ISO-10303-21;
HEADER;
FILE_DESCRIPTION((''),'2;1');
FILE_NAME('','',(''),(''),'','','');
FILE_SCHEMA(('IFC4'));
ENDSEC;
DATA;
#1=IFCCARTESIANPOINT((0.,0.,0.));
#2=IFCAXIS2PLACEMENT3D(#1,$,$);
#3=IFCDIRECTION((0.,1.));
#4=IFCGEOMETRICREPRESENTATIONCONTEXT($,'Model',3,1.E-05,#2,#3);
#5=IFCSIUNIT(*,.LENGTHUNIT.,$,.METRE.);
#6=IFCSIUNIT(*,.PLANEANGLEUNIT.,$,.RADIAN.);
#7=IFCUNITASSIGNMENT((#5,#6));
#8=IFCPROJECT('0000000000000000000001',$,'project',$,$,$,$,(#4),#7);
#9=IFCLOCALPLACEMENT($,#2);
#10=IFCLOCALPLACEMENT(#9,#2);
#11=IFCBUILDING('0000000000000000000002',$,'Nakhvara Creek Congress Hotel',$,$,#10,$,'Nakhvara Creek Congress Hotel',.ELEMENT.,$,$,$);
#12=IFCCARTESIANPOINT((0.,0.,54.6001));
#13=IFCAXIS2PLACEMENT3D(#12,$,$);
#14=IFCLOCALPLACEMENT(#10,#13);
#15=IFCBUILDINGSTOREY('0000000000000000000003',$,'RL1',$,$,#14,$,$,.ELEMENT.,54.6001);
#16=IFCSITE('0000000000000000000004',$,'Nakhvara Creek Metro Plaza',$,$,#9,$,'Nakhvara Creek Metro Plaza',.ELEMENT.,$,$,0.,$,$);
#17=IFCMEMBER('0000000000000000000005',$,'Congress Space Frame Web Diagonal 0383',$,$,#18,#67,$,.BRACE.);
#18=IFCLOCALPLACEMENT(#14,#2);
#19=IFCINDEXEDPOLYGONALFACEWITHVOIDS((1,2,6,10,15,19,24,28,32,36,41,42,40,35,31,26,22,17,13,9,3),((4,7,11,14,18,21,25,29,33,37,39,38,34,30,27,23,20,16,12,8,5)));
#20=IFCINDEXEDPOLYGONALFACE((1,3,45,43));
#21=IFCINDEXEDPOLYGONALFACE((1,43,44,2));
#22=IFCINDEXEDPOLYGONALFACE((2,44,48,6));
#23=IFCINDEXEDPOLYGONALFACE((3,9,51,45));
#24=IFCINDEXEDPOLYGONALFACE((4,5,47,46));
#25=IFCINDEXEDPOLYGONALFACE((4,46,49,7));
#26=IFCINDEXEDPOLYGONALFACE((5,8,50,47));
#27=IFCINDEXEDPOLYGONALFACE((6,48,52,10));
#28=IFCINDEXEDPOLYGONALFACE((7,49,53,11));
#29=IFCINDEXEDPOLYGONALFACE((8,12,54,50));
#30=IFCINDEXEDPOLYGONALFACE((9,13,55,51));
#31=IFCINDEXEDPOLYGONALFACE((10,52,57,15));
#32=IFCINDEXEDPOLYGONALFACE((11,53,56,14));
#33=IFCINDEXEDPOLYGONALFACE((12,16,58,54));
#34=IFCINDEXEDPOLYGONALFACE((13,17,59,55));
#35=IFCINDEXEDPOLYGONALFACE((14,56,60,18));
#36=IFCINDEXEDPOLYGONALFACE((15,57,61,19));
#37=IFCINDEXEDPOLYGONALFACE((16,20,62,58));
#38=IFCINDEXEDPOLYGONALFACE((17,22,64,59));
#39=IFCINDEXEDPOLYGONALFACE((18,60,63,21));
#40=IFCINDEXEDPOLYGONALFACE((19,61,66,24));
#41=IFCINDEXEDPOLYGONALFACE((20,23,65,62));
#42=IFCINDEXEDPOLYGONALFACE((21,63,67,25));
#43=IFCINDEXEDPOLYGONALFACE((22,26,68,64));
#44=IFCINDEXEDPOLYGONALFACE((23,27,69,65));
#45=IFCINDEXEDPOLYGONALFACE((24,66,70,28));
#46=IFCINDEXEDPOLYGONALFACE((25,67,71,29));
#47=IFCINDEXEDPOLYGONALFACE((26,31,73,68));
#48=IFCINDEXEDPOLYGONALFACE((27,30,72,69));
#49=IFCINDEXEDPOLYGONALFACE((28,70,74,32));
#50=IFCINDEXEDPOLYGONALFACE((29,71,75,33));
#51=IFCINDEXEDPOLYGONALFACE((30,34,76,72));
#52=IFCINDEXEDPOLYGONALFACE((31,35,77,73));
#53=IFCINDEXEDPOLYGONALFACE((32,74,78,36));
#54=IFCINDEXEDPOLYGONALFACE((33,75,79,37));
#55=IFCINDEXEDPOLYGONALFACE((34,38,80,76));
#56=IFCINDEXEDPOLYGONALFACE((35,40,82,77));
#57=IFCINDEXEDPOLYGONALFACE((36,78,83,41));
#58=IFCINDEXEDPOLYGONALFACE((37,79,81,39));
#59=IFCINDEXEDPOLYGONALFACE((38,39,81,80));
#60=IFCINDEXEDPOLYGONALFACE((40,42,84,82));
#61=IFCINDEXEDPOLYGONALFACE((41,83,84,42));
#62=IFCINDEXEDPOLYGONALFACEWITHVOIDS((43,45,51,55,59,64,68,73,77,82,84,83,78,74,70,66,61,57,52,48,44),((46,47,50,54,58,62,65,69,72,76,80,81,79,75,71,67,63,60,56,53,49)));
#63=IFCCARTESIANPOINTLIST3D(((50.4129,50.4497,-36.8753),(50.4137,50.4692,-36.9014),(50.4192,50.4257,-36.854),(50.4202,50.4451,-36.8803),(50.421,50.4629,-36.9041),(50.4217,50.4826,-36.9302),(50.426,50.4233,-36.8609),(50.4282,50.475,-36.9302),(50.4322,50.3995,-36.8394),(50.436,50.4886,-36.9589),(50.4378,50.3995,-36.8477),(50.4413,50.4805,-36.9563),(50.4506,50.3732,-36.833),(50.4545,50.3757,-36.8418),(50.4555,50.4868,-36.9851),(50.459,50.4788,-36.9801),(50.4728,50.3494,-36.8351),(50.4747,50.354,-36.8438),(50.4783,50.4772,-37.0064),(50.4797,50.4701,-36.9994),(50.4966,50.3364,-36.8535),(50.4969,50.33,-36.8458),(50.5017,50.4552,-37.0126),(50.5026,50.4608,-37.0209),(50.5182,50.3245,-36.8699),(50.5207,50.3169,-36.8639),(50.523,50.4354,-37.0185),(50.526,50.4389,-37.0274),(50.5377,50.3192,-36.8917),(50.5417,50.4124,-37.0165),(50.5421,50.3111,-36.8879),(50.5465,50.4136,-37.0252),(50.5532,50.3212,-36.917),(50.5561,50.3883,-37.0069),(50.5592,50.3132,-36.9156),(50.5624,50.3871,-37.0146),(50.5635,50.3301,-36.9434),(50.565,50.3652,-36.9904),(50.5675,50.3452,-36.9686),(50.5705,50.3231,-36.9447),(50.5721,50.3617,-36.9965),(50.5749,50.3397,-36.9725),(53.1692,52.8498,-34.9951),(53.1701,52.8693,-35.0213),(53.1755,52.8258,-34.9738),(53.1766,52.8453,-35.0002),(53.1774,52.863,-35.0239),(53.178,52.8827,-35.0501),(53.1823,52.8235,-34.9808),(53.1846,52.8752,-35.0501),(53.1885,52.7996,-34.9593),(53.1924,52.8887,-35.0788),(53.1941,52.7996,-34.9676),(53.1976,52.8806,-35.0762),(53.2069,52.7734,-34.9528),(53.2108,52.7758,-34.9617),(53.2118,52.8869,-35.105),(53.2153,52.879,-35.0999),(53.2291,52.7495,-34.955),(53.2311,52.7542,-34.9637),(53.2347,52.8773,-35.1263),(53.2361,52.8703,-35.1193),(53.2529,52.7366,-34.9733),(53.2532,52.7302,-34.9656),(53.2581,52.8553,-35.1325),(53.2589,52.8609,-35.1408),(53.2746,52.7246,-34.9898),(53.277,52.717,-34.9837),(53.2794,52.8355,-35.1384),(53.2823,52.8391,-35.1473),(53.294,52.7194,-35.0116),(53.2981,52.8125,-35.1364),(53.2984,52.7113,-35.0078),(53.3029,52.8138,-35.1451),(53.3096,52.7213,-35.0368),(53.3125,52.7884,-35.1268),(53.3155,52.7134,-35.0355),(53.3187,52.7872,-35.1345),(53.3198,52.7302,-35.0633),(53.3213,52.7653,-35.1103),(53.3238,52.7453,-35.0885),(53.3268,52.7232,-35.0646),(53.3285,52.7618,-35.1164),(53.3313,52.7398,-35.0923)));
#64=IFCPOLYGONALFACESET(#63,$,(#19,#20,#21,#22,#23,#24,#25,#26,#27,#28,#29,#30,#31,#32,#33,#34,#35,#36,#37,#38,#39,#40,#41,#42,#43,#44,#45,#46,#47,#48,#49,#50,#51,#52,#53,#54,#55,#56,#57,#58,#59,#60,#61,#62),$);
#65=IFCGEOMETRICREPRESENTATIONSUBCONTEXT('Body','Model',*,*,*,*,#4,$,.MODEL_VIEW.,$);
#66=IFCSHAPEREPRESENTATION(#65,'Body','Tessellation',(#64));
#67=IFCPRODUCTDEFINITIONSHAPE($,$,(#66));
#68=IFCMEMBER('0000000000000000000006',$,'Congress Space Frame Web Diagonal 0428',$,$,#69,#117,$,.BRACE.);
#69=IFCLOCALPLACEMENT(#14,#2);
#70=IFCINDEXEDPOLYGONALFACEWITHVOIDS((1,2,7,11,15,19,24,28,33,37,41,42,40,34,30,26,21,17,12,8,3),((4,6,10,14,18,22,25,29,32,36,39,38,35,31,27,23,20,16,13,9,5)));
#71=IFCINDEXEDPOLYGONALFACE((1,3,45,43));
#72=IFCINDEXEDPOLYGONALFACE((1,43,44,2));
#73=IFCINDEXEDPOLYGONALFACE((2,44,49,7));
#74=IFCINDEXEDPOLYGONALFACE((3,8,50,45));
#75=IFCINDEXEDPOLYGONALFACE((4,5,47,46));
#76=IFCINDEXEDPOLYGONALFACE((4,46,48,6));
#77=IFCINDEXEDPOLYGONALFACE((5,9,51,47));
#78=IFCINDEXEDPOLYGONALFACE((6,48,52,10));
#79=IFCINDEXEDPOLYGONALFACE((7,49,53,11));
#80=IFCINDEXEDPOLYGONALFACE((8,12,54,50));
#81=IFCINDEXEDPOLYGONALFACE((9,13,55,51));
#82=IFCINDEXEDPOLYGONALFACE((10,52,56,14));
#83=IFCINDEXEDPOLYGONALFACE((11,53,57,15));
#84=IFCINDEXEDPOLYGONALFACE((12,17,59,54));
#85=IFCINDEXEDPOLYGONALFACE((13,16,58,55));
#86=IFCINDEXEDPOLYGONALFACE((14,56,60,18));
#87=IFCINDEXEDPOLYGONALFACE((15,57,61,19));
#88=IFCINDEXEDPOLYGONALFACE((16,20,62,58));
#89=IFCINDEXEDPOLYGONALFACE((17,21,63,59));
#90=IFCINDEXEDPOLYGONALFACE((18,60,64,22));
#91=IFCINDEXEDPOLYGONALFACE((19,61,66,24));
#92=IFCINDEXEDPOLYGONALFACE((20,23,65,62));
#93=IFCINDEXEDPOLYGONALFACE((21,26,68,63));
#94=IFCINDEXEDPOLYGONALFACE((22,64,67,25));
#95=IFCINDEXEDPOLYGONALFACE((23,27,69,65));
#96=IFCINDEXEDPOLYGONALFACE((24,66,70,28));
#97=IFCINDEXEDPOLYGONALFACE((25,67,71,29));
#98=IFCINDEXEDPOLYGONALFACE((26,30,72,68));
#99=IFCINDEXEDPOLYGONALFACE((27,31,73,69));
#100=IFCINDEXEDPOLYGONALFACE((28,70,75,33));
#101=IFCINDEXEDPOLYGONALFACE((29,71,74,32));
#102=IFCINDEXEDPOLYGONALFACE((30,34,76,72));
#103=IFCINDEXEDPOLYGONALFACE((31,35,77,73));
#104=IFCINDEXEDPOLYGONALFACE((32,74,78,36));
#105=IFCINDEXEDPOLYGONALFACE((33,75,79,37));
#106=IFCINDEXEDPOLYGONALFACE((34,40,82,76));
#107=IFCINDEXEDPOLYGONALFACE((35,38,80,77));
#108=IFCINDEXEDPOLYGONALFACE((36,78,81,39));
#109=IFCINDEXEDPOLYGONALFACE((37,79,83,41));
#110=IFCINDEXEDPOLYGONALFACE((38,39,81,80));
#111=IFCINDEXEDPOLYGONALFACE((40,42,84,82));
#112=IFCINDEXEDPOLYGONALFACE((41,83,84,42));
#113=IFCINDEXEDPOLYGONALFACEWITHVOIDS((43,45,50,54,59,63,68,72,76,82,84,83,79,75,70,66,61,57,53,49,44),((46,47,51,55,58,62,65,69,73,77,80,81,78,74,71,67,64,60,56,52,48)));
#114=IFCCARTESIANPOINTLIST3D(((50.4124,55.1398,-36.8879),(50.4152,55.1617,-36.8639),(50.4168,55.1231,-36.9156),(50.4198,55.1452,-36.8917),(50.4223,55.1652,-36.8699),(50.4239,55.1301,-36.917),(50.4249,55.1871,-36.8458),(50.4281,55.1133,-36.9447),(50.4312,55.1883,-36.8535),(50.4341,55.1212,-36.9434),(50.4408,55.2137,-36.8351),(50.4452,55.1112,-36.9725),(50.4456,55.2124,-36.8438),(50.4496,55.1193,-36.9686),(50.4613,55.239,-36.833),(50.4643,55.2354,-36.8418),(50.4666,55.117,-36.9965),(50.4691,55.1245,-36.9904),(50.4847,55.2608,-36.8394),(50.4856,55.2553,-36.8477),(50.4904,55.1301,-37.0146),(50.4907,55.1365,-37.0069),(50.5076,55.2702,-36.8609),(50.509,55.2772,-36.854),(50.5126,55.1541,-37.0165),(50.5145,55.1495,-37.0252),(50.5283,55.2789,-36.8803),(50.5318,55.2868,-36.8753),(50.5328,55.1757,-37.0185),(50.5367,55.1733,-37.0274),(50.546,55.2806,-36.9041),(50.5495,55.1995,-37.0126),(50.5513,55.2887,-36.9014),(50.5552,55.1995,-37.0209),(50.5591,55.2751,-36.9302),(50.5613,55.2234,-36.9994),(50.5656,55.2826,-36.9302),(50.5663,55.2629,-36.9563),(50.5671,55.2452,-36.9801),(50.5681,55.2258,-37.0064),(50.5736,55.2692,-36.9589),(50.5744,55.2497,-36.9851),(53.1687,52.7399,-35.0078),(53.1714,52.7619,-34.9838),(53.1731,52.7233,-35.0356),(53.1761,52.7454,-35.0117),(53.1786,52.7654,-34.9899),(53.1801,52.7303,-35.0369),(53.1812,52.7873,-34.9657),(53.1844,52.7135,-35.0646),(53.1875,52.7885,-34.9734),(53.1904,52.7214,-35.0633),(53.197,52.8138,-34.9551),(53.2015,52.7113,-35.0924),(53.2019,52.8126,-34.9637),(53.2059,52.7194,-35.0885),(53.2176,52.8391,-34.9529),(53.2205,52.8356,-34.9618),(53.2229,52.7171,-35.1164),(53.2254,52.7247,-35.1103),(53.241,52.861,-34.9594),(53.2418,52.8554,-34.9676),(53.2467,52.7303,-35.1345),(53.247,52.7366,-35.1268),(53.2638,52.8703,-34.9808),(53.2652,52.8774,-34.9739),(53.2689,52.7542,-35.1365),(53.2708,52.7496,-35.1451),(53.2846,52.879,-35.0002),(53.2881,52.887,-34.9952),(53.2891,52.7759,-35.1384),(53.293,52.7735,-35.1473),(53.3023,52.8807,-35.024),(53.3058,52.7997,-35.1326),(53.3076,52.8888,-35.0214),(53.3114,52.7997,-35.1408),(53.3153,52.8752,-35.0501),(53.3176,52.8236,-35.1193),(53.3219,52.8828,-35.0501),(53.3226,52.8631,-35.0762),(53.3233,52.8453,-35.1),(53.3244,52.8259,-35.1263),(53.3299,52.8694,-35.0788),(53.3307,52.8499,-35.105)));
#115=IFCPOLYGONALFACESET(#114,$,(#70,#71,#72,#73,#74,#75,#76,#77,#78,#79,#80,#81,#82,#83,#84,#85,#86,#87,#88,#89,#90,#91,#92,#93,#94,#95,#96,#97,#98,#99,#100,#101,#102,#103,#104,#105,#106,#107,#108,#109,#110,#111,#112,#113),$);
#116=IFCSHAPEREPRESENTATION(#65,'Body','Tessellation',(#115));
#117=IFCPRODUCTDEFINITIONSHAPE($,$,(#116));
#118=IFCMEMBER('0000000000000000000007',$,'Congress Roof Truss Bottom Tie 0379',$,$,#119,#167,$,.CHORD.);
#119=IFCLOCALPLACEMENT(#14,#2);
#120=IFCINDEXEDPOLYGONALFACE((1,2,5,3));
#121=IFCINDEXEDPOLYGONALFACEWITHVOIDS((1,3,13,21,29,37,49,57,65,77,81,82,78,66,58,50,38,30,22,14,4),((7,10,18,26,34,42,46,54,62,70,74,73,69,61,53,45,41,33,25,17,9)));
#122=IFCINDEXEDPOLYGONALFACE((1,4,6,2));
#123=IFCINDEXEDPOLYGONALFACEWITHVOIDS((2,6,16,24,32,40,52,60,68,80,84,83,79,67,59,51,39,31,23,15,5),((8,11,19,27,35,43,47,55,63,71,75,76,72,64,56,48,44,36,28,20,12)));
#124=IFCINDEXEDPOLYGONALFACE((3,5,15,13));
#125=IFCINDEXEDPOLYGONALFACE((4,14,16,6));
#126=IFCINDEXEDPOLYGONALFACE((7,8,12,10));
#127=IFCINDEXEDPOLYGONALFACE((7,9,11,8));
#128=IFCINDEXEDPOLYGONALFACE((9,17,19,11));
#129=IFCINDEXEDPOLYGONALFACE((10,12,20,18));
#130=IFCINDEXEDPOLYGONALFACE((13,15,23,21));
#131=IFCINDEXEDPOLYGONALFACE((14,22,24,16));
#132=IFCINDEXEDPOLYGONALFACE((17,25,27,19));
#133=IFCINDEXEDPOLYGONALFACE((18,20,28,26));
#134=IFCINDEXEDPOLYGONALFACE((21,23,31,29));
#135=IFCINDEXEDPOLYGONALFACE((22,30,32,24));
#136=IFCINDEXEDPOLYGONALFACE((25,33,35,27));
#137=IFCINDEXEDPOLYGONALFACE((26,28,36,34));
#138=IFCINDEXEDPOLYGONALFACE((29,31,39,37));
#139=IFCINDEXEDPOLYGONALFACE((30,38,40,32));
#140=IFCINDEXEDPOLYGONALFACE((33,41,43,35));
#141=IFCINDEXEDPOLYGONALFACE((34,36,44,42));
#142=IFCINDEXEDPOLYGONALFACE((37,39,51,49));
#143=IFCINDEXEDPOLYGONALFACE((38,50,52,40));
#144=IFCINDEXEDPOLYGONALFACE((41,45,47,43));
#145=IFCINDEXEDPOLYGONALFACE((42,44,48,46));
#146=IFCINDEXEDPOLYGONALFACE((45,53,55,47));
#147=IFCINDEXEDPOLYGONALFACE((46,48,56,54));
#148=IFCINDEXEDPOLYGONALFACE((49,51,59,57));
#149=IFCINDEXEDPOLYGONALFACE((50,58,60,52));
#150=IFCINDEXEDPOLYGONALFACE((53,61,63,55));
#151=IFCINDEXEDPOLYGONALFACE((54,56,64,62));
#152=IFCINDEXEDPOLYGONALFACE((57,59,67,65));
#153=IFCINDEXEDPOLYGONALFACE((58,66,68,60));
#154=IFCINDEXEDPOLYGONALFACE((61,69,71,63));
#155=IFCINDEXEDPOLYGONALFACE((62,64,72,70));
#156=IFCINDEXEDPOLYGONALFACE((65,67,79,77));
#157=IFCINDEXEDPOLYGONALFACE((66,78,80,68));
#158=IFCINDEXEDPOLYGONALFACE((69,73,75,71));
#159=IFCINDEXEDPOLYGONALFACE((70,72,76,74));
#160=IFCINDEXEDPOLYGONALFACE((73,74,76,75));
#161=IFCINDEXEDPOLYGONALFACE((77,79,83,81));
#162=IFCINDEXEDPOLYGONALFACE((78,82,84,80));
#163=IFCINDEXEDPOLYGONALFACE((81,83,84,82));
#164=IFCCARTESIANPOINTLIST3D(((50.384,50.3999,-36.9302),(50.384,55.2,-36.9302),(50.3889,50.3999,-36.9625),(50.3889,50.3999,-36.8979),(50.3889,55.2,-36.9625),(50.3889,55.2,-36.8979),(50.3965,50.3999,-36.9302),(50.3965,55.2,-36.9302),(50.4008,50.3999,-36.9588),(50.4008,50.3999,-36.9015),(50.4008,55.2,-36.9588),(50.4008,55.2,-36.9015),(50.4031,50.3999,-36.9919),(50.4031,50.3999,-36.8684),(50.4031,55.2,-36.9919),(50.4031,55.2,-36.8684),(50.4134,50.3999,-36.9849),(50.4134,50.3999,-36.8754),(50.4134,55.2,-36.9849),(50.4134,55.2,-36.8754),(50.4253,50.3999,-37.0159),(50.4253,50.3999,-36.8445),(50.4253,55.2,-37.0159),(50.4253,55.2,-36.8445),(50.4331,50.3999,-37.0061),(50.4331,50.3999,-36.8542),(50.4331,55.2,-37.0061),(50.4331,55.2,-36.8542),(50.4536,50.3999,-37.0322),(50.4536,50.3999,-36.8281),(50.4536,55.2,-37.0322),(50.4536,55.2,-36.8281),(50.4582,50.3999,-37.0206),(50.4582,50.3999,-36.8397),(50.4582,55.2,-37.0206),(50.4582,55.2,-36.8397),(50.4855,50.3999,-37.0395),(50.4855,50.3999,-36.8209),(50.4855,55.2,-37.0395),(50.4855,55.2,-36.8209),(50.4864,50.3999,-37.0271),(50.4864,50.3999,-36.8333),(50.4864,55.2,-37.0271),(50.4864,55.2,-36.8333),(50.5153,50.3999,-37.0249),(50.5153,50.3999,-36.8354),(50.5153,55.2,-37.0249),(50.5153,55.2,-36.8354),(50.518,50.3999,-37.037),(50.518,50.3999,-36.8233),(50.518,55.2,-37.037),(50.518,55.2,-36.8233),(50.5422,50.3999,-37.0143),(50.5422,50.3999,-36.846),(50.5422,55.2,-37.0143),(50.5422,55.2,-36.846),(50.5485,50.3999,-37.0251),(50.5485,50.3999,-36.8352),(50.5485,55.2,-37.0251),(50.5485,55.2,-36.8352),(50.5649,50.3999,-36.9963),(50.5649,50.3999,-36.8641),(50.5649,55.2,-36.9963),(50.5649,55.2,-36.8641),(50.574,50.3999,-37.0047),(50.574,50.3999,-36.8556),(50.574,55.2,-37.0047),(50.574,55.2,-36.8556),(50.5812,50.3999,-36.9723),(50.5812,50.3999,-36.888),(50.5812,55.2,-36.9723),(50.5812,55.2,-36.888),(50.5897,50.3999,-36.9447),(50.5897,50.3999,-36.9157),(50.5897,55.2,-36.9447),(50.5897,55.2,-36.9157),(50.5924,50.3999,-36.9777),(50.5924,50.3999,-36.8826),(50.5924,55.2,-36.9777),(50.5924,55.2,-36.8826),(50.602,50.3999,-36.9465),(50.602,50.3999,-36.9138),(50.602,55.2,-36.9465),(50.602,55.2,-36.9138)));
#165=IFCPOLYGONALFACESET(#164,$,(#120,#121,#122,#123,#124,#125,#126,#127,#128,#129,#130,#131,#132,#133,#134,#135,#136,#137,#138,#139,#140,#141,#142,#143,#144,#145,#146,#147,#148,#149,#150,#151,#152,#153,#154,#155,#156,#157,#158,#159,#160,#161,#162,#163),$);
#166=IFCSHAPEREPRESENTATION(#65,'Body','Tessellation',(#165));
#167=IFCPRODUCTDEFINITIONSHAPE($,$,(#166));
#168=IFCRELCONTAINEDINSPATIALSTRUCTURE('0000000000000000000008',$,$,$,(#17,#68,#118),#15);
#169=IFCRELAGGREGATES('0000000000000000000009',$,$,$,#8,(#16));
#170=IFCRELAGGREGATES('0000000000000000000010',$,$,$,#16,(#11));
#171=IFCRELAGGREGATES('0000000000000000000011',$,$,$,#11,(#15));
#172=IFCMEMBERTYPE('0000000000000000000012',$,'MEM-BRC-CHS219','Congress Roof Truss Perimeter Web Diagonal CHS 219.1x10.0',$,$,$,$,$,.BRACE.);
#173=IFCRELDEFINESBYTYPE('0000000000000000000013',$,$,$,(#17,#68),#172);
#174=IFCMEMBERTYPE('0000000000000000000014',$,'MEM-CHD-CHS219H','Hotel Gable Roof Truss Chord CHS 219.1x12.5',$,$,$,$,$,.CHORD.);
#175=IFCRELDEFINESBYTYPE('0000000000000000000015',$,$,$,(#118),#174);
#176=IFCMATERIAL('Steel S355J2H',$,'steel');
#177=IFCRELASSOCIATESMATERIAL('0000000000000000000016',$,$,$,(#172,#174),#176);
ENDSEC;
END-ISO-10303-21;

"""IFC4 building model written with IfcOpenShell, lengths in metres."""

from ifc_helpers import new_model, si_unit, direction, frame, origin, origin_2d, place, context, subcontext, project, spatial, hollow_circle, extrude, material, material_profile, profile_set, type_object, element, save


model = new_model("IFC4")

# Units and contexts
model_context = context("Model", 3, precision=1e-05, world=origin(), true_north=direction((0.0, 1.0)))
body_context = subcontext(model_context, "Body", "Model", "MODEL_VIEW")
ifc_project = project(units=[si_unit("LENGTHUNIT", "METRE"), si_unit("PLANEANGLEUNIT", "RADIAN")], contexts=[model_context])

# Site, building, storey
site_placement = place(None, origin())
site = spatial("IfcSite", under=ifc_project, at=site_placement, Name="Nakhvara Creek Metro Plaza", LongName="Nakhvara Creek Metro Plaza", CompositionType="ELEMENT", RefElevation=0.0)
building_placement = place(site_placement, origin())
building = spatial("IfcBuilding", under=site, at=building_placement, Name="Nakhvara Creek Congress Hotel", LongName="Nakhvara Creek Congress Hotel", CompositionType="ELEMENT")
storey_placement = place(building_placement, frame((0.0, 0.0, 54.6001)))
storey = spatial("IfcBuildingStorey", under=building, at=storey_placement, Name="RL1", CompositionType="ELEMENT", Elevation=54.6001)

# Members
ifc_material_1 = material(Name="Steel S355J2H", Category="steel")
ifc_material_profile_1 = material_profile(ifc_material_1, hollow_circle(Radius=0.1096, WallThickness=0.01, at=origin_2d()), Name="CHS 219.1x10.0", Category="LoadBearing")
ifc_profile_set_1 = profile_set([ifc_material_profile_1], Name="Steel S355J2H")
member_type_1 = type_object("IfcMemberType", Name="MEM-BRC-CHS219", Description="Congress Roof Truss Perimeter Web Diagonal CHS 219.1x10.0", PredefinedType="BRACE", material=ifc_profile_set_1)
member_1_placement = place(storey_placement, frame((50.4937, 50.3999, -36.9302), z_axis=(0.670626, 0.583961, 0.457439), x_axis=(-0.656696, 0.754155, 0.0)))
element("IfcMember", 1, at=member_1_placement, inside=storey, type_object=member_type_1, Name="Congress Space Frame Web Diagonal 0383", PredefinedType="BRACE", context=body_context, shape_type="SweptSolid", body=[
    extrude(hollow_circle(Radius=0.1096, WallThickness=0.01, at=origin_2d()), origin(), (0.0, 0.0, 1.0), 4.1101),
])
member_2_placement = place(storey_placement, frame((50.4937, 55.2, -36.9302), z_axis=(0.670649, -0.583922, 0.457455), x_axis=(0.656658, 0.754188, 0.0)))
element("IfcMember", 2, at=member_2_placement, inside=storey, type_object=member_type_1, Name="Congress Space Frame Web Diagonal 0428", PredefinedType="BRACE", context=body_context, shape_type="SweptSolid", body=[
    extrude(hollow_circle(Radius=0.1096, WallThickness=0.01, at=origin_2d()), origin(), (0.0, 0.0, 1.0), 4.1099),
])
ifc_material_profile_2 = material_profile(ifc_material_1, hollow_circle(Radius=0.1096, WallThickness=0.0125, at=origin_2d()), Name="CHS 219.1x12.5", Category="LoadBearing")
ifc_profile_set_2 = profile_set([ifc_material_profile_2], Name="Steel S355J2H")
member_type_2 = type_object("IfcMemberType", Name="MEM-CHD-CHS219H", Description="Hotel Gable Roof Truss Chord CHS 219.1x12.5", PredefinedType="CHORD", material=ifc_profile_set_2)
for number, where, z_axis, x_axis, name in (
    (3, (50.4937, 50.3999, -36.9302), (0.0, 1.0, 0.0), (-1.0, 0.0, 0.0), "Congress Roof Truss Bottom Tie 0379"),
):
    element("IfcMember", number, at=place(storey_placement, frame(where, z_axis=z_axis, x_axis=x_axis)), inside=storey, type_object=member_type_2, Name=name, PredefinedType="CHORD", context=body_context, shape_type="SweptSolid", body=[
        extrude(hollow_circle(Radius=0.1096, WallThickness=0.0125, at=origin_2d()), origin(), (0.0, 0.0, 1.0), 4.8),
    ])

save(model, "model.ifc")
